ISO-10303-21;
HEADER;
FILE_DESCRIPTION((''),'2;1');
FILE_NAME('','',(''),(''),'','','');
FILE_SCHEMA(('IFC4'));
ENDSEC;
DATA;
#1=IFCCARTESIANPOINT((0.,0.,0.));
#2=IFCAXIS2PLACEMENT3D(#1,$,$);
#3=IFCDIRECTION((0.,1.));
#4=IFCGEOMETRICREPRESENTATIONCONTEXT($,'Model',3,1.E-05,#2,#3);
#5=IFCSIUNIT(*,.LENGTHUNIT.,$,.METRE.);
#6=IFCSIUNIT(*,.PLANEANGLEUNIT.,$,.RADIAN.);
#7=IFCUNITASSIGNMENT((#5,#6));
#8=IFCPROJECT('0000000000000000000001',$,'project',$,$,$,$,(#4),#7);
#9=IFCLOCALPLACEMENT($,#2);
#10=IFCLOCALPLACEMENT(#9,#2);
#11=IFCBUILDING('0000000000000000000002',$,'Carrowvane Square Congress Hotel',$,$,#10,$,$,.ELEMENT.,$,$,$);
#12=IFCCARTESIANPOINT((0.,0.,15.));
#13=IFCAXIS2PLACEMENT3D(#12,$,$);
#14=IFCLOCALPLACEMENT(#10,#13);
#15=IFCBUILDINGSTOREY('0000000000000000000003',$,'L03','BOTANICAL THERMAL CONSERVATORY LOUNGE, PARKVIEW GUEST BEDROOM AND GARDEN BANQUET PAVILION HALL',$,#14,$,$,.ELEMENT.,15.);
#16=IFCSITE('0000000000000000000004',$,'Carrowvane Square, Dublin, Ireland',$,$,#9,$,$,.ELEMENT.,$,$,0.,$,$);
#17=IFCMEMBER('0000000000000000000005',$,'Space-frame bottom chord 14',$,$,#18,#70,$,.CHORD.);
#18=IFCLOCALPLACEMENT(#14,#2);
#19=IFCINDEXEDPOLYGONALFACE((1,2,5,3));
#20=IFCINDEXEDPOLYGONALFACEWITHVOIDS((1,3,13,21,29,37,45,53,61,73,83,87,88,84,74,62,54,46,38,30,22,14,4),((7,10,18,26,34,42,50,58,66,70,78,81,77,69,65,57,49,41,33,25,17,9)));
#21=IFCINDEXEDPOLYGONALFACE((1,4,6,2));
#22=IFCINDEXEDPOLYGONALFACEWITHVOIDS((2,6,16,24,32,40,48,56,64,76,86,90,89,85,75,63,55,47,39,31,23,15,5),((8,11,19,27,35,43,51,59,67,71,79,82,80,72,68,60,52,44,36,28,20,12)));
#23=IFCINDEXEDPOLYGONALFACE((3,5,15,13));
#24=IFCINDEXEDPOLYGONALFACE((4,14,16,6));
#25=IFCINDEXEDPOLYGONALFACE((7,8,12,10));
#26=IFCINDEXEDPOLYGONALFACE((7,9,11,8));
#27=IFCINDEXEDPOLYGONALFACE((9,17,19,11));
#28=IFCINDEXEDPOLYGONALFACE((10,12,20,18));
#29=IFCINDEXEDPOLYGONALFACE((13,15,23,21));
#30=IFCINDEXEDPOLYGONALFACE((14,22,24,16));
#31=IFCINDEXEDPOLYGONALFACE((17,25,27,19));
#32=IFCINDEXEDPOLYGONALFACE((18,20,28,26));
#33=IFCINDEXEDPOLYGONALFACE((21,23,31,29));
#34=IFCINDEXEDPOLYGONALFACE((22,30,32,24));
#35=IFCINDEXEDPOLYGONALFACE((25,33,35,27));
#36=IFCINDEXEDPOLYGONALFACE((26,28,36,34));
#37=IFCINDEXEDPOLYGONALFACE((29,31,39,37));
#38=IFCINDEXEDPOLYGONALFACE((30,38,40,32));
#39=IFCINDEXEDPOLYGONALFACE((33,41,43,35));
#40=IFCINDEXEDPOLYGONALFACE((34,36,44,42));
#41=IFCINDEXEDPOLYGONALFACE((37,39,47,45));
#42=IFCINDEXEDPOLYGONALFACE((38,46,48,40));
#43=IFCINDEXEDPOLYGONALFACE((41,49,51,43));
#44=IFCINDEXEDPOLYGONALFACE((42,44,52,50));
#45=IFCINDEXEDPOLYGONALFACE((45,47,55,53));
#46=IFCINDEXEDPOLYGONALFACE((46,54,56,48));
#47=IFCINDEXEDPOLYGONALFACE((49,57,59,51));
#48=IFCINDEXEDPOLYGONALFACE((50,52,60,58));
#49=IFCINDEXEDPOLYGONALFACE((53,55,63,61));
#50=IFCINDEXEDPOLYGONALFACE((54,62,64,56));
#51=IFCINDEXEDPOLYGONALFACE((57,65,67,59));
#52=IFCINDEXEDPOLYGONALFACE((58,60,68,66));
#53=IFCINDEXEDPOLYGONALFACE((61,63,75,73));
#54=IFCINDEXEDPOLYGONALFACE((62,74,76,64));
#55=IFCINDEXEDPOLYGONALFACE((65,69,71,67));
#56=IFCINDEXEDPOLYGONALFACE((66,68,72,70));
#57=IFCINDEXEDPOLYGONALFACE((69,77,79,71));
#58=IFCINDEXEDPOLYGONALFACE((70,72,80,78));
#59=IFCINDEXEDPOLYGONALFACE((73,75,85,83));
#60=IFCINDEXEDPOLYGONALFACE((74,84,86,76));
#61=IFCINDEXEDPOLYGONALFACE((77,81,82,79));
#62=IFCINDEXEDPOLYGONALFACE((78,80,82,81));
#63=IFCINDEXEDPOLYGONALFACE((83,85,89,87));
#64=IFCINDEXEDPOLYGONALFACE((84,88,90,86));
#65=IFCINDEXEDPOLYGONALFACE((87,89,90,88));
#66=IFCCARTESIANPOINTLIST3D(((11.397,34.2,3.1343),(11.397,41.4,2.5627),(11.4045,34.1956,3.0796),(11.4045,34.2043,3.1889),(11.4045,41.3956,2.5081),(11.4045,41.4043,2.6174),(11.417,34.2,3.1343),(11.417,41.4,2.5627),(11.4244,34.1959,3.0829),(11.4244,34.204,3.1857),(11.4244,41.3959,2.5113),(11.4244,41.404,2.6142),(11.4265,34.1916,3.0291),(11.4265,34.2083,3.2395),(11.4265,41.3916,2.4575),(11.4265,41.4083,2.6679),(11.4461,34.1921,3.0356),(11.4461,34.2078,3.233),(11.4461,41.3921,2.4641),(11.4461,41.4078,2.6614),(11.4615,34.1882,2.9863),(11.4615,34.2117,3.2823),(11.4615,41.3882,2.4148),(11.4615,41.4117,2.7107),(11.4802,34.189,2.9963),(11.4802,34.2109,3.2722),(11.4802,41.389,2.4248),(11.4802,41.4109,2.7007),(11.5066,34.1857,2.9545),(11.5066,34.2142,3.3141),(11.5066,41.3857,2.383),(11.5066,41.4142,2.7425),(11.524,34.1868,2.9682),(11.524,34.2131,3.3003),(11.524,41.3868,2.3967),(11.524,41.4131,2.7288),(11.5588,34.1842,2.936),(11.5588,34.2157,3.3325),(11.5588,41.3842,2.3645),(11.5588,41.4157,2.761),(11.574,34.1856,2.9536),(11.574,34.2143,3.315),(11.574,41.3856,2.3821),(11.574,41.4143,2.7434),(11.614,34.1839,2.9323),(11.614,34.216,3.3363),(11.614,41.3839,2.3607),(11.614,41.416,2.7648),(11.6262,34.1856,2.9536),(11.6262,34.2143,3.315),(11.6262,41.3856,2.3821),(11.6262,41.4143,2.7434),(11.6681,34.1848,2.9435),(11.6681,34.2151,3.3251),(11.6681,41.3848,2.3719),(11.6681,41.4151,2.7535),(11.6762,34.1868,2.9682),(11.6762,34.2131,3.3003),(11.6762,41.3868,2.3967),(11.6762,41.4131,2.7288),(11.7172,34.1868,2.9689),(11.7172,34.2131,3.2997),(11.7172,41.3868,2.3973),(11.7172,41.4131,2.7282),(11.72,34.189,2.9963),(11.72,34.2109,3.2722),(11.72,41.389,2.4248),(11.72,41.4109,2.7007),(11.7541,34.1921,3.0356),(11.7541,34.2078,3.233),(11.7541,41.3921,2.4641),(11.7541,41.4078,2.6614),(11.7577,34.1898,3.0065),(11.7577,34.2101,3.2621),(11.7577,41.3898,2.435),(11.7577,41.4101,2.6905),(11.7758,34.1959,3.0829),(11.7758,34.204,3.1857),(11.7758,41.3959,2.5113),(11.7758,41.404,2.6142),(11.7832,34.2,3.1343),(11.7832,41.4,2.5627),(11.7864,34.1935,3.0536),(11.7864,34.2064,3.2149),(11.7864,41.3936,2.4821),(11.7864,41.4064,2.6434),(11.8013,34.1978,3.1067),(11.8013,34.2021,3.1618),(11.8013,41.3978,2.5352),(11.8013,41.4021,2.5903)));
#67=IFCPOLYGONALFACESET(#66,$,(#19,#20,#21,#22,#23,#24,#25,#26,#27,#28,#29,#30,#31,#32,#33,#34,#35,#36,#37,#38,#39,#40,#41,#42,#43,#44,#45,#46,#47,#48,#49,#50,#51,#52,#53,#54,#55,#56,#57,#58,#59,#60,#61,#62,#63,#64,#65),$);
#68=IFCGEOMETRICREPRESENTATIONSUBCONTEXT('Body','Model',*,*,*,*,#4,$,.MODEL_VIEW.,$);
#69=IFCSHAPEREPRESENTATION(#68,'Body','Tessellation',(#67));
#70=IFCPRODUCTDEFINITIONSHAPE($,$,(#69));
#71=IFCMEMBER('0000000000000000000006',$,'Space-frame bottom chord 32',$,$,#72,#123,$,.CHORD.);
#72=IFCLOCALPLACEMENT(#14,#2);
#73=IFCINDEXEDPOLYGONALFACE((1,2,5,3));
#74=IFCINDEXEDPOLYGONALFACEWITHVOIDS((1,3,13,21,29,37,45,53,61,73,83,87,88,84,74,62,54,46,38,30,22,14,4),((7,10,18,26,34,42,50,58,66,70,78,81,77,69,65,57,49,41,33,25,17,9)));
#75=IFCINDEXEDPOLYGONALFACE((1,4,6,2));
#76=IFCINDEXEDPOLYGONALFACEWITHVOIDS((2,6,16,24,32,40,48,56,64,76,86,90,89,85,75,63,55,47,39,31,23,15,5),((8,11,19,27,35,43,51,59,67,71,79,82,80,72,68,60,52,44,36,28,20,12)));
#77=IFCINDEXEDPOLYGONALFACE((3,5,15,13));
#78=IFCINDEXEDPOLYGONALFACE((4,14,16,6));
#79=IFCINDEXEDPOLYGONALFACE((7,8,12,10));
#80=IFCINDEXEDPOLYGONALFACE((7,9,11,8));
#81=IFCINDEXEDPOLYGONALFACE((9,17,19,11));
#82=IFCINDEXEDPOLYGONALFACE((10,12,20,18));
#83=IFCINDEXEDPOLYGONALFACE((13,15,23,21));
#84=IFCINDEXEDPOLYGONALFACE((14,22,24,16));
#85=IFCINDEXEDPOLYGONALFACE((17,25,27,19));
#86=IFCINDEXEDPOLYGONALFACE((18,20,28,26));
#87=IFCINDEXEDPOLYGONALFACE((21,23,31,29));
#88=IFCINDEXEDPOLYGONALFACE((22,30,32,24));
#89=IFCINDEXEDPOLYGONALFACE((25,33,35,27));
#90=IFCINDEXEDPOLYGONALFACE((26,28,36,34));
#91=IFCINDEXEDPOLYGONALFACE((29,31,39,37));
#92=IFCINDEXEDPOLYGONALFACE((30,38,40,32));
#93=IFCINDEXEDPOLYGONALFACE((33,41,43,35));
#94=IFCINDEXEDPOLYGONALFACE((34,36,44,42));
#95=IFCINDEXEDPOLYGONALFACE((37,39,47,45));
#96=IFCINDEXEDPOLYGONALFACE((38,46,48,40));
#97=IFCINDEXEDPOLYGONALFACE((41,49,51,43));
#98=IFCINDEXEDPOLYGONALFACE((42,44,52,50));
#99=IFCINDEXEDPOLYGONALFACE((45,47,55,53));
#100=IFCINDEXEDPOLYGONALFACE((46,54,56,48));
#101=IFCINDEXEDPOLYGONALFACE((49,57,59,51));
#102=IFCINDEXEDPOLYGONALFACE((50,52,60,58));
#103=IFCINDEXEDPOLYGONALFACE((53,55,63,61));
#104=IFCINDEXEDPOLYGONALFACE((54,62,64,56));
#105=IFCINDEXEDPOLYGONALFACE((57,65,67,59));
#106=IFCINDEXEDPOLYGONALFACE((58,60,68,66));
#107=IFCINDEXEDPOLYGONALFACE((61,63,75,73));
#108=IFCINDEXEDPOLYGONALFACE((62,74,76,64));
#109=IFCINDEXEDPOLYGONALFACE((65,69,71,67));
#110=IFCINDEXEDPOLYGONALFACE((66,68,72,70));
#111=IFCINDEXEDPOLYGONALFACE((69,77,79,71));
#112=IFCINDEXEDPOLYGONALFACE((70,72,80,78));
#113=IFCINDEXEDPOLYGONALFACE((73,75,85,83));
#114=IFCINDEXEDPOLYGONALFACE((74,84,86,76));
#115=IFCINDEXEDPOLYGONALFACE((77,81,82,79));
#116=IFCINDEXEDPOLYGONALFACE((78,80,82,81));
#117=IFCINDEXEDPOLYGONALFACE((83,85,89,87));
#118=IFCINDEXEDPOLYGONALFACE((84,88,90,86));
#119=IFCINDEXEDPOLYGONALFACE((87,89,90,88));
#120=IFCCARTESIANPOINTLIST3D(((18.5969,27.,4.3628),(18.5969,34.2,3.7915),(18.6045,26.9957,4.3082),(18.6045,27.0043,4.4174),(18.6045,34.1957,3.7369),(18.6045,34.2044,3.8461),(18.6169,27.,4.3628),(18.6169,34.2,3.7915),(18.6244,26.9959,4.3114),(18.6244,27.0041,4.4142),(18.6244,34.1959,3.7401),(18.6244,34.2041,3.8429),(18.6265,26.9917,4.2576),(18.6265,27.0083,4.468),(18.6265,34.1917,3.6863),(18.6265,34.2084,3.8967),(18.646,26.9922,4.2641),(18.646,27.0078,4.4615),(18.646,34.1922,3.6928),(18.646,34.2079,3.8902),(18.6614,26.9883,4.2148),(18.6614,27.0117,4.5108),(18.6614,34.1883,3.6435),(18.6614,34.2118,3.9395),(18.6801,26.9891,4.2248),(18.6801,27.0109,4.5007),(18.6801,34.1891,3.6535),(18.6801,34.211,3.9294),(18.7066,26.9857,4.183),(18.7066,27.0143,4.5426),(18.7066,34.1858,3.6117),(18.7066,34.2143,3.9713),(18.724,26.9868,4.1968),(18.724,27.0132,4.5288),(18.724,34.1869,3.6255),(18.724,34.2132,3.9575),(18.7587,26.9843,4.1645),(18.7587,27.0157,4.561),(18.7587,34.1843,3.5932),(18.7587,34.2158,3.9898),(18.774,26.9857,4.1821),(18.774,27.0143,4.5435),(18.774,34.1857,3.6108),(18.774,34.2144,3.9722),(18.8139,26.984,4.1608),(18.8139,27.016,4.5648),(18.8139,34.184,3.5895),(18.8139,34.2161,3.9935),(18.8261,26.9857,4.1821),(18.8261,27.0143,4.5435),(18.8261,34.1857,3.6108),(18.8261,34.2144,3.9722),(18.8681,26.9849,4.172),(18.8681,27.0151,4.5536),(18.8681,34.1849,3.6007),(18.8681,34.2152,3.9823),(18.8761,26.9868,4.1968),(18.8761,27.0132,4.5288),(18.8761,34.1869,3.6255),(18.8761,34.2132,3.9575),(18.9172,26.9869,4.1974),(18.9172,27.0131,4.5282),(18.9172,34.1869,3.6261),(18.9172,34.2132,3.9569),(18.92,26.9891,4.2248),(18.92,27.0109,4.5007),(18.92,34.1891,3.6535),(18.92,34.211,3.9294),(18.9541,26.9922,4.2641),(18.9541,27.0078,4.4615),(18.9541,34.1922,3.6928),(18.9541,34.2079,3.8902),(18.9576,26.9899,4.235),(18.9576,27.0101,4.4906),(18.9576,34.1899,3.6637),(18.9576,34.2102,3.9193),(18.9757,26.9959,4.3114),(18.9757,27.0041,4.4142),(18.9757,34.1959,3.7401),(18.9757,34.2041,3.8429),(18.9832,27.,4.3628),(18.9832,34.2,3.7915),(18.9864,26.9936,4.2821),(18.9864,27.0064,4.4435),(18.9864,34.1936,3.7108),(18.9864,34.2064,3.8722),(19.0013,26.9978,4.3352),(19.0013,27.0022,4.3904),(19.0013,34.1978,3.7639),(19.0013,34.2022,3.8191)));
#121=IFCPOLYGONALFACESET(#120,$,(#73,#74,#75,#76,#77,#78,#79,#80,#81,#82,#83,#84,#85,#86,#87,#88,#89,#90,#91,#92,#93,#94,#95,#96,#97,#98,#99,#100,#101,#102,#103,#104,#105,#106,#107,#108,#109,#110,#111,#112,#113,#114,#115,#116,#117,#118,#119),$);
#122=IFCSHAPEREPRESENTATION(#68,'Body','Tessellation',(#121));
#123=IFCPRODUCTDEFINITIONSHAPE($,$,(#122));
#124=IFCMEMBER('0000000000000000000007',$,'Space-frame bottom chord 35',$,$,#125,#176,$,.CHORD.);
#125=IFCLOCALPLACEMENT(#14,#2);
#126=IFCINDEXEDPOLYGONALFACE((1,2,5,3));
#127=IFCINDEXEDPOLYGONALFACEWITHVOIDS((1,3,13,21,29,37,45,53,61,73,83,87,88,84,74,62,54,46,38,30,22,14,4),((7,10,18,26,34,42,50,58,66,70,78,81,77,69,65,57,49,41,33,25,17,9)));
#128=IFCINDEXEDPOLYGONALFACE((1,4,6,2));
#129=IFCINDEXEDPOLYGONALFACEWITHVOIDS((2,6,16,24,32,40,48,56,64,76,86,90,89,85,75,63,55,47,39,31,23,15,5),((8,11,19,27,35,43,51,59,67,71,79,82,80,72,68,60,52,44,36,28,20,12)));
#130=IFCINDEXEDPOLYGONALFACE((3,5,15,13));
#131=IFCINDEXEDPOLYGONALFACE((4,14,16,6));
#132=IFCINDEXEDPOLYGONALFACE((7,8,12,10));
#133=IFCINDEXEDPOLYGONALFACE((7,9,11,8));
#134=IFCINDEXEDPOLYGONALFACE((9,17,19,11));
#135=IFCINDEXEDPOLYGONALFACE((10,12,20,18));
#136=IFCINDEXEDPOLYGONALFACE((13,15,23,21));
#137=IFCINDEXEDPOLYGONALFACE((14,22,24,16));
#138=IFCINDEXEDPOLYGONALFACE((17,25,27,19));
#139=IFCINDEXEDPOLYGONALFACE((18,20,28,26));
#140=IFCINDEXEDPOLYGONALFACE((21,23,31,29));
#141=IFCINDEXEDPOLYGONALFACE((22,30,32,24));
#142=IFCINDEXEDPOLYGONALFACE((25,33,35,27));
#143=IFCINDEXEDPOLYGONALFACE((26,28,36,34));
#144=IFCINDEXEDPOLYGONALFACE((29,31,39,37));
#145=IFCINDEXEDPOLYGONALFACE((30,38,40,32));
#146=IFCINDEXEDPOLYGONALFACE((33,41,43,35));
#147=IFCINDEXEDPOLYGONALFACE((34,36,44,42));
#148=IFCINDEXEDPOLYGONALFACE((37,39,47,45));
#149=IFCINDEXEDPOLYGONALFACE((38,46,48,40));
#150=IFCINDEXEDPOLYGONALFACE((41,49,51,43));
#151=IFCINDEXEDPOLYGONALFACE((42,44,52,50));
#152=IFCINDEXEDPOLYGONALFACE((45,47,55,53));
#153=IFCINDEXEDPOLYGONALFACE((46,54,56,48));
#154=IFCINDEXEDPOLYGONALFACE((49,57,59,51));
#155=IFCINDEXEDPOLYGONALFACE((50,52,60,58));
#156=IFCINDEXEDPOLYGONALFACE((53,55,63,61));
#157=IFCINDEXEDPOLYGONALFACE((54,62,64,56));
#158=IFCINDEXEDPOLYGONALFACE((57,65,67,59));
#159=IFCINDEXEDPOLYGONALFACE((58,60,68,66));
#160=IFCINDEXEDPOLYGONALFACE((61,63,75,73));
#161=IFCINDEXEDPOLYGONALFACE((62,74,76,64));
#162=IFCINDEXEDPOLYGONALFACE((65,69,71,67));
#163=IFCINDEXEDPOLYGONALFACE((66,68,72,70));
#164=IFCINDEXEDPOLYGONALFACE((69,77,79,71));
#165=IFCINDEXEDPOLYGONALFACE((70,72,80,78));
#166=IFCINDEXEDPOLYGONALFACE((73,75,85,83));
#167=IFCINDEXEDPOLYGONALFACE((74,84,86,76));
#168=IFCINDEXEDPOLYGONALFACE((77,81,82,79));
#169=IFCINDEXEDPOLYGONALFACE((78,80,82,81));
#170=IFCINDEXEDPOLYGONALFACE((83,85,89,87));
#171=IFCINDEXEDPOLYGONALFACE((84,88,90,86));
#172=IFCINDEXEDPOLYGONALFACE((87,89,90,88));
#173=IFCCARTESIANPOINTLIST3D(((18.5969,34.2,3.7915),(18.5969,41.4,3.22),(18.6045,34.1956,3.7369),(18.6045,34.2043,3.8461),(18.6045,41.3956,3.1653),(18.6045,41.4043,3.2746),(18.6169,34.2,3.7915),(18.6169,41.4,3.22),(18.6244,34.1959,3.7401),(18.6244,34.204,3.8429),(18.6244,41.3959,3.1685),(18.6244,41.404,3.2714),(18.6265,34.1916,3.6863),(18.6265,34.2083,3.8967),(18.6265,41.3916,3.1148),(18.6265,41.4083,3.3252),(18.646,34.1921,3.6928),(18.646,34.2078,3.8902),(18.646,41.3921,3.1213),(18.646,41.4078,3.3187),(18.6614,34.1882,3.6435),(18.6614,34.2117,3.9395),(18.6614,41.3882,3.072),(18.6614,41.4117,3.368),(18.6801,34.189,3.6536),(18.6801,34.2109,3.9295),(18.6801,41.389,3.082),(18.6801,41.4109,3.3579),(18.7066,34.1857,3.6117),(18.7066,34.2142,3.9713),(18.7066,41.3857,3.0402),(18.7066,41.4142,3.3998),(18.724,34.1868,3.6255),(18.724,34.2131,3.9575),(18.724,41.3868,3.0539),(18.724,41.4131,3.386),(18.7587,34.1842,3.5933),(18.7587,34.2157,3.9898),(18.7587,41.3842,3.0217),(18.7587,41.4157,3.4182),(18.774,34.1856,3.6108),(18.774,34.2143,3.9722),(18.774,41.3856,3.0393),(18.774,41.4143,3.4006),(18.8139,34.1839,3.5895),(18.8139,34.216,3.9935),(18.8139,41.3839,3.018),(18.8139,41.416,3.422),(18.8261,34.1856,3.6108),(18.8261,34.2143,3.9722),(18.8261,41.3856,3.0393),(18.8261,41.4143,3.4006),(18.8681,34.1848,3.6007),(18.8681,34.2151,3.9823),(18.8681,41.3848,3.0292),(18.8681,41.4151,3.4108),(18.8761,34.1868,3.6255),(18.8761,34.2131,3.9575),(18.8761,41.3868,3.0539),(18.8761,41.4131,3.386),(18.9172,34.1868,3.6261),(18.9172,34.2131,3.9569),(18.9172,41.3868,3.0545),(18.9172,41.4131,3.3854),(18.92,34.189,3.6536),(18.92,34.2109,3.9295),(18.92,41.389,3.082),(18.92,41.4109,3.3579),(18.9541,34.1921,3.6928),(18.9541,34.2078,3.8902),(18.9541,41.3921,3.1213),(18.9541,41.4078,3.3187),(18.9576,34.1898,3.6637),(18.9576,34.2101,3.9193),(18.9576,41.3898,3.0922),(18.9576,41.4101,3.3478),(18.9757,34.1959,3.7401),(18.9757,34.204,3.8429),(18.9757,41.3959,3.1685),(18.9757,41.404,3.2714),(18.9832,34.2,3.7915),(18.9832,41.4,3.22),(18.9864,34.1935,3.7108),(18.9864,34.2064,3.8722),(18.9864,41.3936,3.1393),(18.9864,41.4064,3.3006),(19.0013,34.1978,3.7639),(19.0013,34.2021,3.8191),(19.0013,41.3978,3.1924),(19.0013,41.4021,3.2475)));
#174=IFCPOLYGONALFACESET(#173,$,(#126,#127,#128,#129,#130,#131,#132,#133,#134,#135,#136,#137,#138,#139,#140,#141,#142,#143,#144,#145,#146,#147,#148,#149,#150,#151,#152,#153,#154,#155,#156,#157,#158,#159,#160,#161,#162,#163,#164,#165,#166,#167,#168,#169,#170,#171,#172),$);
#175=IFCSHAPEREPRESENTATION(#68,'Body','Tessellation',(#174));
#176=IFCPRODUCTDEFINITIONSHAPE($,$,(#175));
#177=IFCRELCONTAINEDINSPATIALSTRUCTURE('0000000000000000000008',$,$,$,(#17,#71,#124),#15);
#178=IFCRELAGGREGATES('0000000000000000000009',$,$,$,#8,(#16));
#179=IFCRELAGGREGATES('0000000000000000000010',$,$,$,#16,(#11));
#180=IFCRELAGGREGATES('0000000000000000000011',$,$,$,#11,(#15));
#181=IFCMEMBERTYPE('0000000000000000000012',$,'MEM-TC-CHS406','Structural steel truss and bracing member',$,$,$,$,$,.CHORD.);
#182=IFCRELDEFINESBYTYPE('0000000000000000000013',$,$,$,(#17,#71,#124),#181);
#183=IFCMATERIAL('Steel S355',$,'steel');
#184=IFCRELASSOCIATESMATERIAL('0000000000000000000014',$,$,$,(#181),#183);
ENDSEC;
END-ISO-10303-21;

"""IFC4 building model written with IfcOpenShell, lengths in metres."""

from ifc_helpers import new_model, si_unit, direction, frame, origin, origin_2d, place, context, subcontext, project, spatial, hollow_circle, extrude, material, material_profile, profile_set, type_object, element, save


model = new_model("IFC4")

# Units and contexts
model_context = context("Model", 3, precision=1e-05, world=origin(), true_north=direction((0.0, 1.0)))
body_context = subcontext(model_context, "Body", "Model", "MODEL_VIEW")
ifc_project = project(units=[si_unit("LENGTHUNIT", "METRE"), si_unit("PLANEANGLEUNIT", "RADIAN")], contexts=[model_context])

# Site, building, storey
site_placement = place(None, origin())
site = spatial("IfcSite", under=ifc_project, at=site_placement, Name="Carrowvane Square, Dublin, Ireland", CompositionType="ELEMENT", RefElevation=0.0)
building_placement = place(site_placement, origin())
building = spatial("IfcBuilding", under=site, at=building_placement, Name="Carrowvane Square Congress Hotel", CompositionType="ELEMENT")
storey_placement = place(building_placement, frame((0.0, 0.0, 15.0)))
storey = spatial("IfcBuildingStorey", under=building, at=storey_placement, Name="L03", Description="BOTANICAL THERMAL CONSERVATORY LOUNGE, PARKVIEW GUEST BEDROOM AND GARDEN BANQUET PAVILION HALL", CompositionType="ELEMENT", Elevation=15.0)

# Members
ifc_material_1 = material(Name="Steel S355", Category="steel")
ifc_material_profile_1 = material_profile(ifc_material_1, hollow_circle(Radius=0.2031, WallThickness=0.02, at=origin_2d()), Name="CHS 406.4x20")
ifc_profile_set_1 = profile_set([ifc_material_profile_1], Name="Steel S355")
member_type_1 = type_object("IfcMemberType", Name="MEM-TC-CHS406", Description="Structural steel truss and bracing member", PredefinedType="CHORD", material=ifc_profile_set_1)
for number, where, z_axis, x_axis, name in (
    (1, (11.6001, 34.2, 3.1343), (0.0, 0.996864, -0.079131), (-1.0, 0.0, 0.0), "Space-frame bottom chord 14"),
    (2, (18.8, 27.0, 4.3628), (0.0, 0.996867, -0.079098), (-1.0, 0.0, 0.0), "Space-frame bottom chord 32"),
    (3, (18.8, 34.2, 3.7915), (0.0, 0.996864, -0.079131), (-1.0, 0.0, 0.0), "Space-frame bottom chord 35"),
):
    element("IfcMember", number, at=place(storey_placement, frame(where, z_axis=z_axis, x_axis=x_axis)), inside=storey, type_object=member_type_1, Name=name, PredefinedType="CHORD", context=body_context, shape_type="SweptSolid", body=[
        extrude(hollow_circle(Radius=0.2031, WallThickness=0.02, at=origin_2d()), origin(), (0.0, 0.0, 1.0), 7.2227),
    ])

save(model, "model.ifc")
